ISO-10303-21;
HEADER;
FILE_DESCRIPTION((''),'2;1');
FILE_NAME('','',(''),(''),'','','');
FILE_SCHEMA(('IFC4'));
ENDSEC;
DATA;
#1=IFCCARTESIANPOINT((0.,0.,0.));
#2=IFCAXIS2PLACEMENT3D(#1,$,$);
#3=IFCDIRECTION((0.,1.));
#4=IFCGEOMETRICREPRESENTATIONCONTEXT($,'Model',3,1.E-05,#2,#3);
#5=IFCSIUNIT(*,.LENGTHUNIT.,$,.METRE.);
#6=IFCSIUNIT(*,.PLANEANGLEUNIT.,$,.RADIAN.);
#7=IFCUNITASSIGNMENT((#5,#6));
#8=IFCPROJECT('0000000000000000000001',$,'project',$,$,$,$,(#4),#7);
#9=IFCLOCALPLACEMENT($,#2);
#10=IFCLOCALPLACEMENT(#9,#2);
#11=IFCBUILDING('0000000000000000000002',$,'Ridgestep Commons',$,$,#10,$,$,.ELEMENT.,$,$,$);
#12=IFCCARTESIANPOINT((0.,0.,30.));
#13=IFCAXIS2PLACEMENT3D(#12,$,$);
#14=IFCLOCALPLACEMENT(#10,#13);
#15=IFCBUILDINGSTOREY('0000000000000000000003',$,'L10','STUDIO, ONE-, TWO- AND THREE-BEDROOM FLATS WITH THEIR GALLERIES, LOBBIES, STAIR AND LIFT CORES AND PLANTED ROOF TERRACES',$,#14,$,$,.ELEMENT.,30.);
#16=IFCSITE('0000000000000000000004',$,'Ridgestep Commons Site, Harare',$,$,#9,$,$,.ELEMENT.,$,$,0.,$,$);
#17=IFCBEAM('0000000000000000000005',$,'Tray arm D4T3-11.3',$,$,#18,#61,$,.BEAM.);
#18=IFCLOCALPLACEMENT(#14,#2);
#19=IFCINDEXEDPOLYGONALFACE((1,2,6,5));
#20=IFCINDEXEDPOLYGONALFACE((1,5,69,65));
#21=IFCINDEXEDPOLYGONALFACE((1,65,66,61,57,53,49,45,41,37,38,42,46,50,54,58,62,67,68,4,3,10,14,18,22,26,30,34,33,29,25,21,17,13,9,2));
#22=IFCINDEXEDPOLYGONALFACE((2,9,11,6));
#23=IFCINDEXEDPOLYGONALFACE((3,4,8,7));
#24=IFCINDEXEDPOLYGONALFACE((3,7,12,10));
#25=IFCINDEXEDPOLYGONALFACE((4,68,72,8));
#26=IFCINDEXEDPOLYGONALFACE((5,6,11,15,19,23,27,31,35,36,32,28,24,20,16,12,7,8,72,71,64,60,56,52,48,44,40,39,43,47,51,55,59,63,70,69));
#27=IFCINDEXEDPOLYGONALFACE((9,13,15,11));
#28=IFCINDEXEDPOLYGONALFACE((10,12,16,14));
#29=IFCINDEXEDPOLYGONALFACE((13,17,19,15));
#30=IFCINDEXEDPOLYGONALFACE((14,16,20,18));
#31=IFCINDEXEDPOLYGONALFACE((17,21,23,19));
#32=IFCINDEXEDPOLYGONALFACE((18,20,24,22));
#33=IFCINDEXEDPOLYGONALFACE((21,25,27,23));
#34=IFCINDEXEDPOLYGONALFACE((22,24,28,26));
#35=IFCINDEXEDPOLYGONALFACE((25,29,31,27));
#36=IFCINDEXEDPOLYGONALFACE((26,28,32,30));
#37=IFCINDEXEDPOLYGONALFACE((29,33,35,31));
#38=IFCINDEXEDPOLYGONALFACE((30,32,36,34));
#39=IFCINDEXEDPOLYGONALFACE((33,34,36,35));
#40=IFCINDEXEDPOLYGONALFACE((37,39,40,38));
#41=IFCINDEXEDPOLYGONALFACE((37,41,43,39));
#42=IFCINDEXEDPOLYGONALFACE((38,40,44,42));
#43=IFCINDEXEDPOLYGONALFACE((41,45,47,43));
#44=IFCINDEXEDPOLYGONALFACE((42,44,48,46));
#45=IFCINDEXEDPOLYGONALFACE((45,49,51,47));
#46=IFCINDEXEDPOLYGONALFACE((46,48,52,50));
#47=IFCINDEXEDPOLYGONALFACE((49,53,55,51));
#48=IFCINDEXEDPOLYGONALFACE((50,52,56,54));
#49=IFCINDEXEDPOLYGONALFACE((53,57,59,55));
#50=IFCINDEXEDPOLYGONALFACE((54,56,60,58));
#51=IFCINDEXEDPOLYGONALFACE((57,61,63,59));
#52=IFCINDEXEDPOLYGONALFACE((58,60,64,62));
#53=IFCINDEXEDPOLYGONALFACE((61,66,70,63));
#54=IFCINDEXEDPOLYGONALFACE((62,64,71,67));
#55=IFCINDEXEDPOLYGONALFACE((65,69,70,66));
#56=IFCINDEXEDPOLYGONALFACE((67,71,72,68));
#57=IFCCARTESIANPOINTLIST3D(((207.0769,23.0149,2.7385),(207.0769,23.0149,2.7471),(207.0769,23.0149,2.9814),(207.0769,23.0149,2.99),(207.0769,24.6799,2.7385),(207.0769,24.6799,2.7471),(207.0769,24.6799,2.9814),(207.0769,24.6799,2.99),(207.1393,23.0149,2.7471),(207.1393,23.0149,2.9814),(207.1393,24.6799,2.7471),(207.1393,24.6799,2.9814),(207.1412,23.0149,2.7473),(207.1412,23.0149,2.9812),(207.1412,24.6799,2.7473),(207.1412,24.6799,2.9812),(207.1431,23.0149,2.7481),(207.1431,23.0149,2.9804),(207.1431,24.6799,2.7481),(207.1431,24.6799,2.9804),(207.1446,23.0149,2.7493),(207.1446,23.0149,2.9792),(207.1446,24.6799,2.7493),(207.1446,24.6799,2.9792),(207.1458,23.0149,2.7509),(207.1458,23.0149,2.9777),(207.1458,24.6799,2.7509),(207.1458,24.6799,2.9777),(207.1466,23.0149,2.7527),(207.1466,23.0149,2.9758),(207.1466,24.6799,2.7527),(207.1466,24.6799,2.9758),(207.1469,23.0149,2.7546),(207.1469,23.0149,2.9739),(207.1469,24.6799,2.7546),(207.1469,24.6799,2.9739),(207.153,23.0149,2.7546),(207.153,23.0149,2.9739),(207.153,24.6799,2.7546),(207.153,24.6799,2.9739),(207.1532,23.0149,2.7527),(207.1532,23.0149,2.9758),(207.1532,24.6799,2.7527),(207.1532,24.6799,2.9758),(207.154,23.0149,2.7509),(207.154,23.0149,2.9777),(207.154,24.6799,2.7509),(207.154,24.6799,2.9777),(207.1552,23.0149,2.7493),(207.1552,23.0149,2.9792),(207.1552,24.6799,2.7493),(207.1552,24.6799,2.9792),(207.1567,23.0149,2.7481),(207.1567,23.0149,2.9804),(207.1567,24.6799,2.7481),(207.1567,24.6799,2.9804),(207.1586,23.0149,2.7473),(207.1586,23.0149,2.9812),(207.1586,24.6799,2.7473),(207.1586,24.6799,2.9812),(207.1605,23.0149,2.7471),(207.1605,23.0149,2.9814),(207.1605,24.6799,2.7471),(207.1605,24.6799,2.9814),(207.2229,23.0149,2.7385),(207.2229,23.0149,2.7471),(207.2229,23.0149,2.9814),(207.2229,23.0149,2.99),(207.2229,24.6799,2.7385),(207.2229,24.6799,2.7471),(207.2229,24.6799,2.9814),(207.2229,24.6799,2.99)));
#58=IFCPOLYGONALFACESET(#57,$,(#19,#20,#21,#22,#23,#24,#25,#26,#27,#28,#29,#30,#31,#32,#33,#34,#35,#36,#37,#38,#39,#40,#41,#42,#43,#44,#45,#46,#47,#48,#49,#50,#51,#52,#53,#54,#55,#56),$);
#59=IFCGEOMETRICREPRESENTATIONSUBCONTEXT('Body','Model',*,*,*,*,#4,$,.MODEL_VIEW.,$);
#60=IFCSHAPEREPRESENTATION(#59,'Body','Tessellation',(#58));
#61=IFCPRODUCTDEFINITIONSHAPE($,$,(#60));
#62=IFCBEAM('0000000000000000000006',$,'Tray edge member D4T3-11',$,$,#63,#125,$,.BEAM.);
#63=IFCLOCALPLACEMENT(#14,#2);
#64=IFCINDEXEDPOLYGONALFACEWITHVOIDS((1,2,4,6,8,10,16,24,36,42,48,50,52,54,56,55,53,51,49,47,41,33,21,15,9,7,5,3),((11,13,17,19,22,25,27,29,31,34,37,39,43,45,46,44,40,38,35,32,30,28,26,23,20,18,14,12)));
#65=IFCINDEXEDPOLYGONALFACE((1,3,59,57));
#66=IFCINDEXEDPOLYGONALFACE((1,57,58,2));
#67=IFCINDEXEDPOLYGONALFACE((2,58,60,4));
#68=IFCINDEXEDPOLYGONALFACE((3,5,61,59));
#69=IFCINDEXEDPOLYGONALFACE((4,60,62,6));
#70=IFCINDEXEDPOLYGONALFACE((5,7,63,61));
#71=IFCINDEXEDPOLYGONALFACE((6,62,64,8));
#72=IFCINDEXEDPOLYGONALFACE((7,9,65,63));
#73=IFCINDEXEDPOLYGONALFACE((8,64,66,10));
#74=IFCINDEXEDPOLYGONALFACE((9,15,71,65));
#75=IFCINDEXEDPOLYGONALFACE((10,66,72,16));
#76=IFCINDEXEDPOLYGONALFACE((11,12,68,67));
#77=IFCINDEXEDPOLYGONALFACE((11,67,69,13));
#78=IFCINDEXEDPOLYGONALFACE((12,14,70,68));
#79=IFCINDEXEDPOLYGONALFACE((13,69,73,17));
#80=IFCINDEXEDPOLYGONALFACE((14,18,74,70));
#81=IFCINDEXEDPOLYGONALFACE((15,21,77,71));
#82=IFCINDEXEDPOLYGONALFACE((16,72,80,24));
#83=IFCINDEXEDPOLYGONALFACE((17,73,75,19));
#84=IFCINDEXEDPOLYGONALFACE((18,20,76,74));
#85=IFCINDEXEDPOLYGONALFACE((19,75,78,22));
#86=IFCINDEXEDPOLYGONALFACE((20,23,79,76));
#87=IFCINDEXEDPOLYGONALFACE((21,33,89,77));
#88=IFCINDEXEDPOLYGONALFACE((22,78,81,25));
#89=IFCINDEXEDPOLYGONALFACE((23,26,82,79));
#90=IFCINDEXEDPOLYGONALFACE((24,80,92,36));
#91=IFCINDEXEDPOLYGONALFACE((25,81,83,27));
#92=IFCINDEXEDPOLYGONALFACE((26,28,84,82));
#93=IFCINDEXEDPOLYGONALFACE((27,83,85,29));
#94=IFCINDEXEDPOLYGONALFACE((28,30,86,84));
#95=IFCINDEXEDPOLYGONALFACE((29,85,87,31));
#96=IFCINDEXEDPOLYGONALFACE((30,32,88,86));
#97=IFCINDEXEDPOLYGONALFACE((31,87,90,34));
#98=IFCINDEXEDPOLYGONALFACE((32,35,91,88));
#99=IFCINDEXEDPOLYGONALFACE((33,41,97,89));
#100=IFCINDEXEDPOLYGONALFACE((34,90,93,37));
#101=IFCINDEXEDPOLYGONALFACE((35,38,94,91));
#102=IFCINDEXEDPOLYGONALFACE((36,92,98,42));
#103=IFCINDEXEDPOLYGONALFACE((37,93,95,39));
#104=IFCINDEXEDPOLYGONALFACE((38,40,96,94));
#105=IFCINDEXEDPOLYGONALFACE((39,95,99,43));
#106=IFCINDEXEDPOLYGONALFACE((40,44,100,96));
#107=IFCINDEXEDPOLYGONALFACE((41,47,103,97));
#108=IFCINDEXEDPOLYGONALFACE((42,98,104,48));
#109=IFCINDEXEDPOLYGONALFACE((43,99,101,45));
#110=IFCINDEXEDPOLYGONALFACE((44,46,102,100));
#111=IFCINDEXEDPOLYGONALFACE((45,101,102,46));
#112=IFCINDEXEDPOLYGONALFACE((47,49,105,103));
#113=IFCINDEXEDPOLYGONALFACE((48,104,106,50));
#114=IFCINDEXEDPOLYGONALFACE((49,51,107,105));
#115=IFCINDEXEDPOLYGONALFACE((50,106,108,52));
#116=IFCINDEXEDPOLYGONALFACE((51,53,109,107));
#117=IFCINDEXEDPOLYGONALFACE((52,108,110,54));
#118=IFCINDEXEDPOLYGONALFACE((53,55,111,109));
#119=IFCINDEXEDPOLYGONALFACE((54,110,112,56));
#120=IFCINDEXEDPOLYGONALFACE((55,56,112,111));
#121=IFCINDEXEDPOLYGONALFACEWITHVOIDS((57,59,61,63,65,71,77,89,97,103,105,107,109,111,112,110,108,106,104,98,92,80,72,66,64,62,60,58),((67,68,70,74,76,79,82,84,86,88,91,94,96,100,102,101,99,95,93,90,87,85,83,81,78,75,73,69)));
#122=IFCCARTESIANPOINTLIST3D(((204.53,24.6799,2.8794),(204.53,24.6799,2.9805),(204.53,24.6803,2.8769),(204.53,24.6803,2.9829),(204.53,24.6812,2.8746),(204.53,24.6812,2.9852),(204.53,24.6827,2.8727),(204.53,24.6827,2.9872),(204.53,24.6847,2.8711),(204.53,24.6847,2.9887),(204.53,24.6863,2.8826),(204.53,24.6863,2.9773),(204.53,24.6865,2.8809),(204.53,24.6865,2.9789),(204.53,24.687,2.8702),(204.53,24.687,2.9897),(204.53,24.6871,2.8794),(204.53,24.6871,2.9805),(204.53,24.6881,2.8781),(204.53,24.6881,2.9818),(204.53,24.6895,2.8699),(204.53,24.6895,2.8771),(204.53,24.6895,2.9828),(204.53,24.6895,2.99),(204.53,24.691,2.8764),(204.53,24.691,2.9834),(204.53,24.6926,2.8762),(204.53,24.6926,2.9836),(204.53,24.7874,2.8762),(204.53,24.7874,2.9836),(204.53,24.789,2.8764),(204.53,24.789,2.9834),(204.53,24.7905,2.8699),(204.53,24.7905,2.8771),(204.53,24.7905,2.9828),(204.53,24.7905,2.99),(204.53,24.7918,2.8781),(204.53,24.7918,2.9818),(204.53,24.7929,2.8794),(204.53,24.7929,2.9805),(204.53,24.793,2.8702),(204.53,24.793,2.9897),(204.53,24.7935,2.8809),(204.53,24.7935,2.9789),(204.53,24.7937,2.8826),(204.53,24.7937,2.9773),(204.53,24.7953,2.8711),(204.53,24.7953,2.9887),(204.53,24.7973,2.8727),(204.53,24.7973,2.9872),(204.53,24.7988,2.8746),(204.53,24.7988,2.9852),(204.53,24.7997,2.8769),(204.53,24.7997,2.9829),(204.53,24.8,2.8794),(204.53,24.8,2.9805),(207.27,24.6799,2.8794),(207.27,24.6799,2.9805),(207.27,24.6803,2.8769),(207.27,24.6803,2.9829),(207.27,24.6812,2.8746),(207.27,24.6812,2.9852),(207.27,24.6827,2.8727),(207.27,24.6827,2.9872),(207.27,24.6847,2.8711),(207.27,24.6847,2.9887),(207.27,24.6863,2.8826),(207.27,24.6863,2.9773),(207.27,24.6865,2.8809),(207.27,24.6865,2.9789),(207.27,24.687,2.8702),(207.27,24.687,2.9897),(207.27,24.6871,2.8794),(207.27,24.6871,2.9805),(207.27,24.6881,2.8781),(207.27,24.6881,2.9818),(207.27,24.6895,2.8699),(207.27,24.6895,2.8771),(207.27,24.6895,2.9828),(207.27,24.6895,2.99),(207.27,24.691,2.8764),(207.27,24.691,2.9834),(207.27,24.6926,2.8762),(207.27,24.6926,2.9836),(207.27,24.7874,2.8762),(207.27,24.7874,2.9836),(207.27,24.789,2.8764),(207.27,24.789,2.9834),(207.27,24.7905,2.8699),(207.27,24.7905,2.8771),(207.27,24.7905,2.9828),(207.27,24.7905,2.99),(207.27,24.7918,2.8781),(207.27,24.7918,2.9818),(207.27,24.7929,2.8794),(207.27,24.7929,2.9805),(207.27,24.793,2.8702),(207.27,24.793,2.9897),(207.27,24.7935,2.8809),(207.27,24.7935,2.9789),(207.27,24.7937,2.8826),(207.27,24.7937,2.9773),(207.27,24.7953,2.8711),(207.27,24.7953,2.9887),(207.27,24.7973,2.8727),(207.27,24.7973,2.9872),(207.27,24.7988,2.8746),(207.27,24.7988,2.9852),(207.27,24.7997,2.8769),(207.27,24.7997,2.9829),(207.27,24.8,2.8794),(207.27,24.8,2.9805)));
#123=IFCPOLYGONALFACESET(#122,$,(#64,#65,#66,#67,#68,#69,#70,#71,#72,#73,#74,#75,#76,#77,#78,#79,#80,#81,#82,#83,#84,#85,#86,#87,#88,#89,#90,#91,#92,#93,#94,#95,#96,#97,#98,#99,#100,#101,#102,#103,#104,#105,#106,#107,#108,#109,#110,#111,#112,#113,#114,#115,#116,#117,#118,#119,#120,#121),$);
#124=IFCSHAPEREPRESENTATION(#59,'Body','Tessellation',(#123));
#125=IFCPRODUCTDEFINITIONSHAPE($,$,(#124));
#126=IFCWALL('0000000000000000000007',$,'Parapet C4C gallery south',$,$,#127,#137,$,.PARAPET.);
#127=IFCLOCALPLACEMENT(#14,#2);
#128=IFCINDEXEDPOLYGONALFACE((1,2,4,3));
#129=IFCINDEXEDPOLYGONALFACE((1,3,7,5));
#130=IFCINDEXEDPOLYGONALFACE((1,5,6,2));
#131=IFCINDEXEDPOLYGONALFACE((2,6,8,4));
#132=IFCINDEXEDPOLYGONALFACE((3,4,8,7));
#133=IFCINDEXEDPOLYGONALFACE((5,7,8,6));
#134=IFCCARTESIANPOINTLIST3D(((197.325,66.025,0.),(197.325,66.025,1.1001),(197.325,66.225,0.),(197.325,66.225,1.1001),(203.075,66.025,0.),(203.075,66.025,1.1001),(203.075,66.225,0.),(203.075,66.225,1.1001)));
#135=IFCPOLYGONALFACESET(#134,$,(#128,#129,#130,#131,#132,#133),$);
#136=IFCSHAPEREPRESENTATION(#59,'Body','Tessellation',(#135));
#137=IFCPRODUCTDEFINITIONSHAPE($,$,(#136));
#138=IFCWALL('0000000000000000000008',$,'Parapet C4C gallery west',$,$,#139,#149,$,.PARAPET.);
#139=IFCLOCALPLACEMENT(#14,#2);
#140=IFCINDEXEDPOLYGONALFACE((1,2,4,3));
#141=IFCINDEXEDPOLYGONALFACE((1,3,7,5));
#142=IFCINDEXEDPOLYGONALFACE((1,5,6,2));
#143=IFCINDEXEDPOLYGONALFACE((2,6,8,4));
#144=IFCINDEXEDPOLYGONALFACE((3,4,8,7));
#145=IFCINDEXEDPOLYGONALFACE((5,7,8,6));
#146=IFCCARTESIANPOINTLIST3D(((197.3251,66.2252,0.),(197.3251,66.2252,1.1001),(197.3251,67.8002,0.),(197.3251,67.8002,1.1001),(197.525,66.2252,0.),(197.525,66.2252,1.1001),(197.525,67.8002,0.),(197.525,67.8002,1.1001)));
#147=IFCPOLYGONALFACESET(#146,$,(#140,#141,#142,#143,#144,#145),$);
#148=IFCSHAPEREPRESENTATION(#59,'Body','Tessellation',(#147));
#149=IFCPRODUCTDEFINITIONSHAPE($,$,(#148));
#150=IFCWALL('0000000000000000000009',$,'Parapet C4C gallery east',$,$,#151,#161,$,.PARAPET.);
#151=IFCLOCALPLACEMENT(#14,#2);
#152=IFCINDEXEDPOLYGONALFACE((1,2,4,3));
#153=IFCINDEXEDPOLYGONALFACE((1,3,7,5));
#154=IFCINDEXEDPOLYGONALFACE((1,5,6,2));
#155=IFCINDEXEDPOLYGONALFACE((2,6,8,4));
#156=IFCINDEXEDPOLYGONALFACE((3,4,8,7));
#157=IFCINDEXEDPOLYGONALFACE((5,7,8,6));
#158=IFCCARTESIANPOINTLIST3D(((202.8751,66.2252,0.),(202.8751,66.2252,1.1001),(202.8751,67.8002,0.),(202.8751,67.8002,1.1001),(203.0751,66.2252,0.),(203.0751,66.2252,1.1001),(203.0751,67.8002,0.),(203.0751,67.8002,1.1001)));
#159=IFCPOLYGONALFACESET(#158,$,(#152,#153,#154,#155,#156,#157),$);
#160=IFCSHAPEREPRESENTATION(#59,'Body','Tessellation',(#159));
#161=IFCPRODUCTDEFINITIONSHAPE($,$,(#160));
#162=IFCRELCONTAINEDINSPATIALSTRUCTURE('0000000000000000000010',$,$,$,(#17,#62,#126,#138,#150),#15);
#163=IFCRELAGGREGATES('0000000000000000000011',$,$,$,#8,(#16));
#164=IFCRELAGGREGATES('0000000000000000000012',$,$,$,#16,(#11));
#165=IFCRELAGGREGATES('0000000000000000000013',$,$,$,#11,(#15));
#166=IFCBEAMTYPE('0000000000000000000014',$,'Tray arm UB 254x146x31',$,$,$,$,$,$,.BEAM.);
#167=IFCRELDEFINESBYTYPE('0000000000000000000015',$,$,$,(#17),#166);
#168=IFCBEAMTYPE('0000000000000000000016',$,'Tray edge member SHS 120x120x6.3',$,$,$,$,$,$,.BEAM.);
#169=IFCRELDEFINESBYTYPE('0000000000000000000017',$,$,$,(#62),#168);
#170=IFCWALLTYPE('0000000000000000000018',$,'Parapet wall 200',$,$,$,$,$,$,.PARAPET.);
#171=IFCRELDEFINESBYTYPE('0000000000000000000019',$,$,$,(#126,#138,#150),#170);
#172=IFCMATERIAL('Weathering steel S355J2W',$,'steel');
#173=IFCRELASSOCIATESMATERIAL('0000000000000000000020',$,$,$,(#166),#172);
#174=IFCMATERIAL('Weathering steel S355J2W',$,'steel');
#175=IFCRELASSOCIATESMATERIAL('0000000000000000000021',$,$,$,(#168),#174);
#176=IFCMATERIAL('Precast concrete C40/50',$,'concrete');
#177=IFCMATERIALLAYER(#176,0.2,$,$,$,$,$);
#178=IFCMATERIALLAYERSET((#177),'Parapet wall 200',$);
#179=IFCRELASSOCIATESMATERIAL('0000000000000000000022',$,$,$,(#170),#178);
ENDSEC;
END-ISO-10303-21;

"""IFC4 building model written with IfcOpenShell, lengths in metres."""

from ifc_helpers import new_model, si_unit, direction, frame, frame_2d, origin, origin_2d, place, context, subcontext, project, spatial, rectangle, hollow_rectangle, i_section, extrude, material, layer, layer_set, material_profile, profile_set, type_object, element, save


model = new_model("IFC4")

# Units and contexts
model_context = context("Model", 3, precision=1e-05, world=origin(), true_north=direction((0.0, 1.0)))
body_context = subcontext(model_context, "Body", "Model", "MODEL_VIEW")
ifc_project = project(units=[si_unit("LENGTHUNIT", "METRE"), si_unit("PLANEANGLEUNIT", "RADIAN")], contexts=[model_context])

# Site, building, storey
site_placement = place(None, origin())
site = spatial("IfcSite", under=ifc_project, at=site_placement, Name="Ridgestep Commons Site, Harare", CompositionType="ELEMENT", RefElevation=0.0)
building_placement = place(site_placement, origin())
building = spatial("IfcBuilding", under=site, at=building_placement, Name="Ridgestep Commons", CompositionType="ELEMENT")
storey_placement = place(building_placement, frame((0.0, 0.0, 30.0)))
storey = spatial("IfcBuildingStorey", under=building, at=storey_placement, Name="L10", Description="STUDIO, ONE-, TWO- AND THREE-BEDROOM FLATS WITH THEIR GALLERIES, LOBBIES, STAIR AND LIFT CORES AND PLANTED ROOF TERRACES", CompositionType="ELEMENT", Elevation=30.0)

# Beams
ifc_material_1 = material(Name="Weathering steel S355J2W", Category="steel")
ifc_material_profile_1 = material_profile(ifc_material_1, i_section(OverallWidth=0.146, OverallDepth=0.2515, WebThickness=0.0061, FlangeThickness=0.0085, FilletRadius=0.0076, at=origin_2d()), Name="UB 254x146x31")
ifc_profile_set_1 = profile_set([ifc_material_profile_1], Name="Weathering steel S355J2W")
beam_type_1 = type_object("IfcBeamType", Name="Tray arm UB 254x146x31", PredefinedType="BEAM", material=ifc_profile_set_1)
for number, where, z_axis, x_axis, name in (
    (1, (207.1499, 23.0149, 2.8643), (0.0, 1.0, 0.0), (-1.0, 0.0, 0.0), "Tray arm D4T3-11.3"),
):
    element("IfcBeam", number, at=place(storey_placement, frame(where, z_axis=z_axis, x_axis=x_axis)), inside=storey, type_object=beam_type_1, Name=name, PredefinedType="BEAM", context=body_context, shape_type="SweptSolid", body=[
        extrude(i_section(OverallWidth=0.146, OverallDepth=0.2515, WebThickness=0.0061, FlangeThickness=0.0085, FilletRadius=0.0076, at=origin_2d()), origin(), (0.0, 0.0, 1.0), 1.665),
    ])
ifc_material_2 = material(Name="Weathering steel S355J2W", Category="steel")
ifc_material_profile_2 = material_profile(ifc_material_2, hollow_rectangle(XDim=0.1201, YDim=0.1201, WallThickness=0.0063, InnerFilletRadius=0.0063, OuterFilletRadius=0.0095, at=origin_2d()), Name="SHS 120x120x6.3")
ifc_profile_set_2 = profile_set([ifc_material_profile_2], Name="Weathering steel S355J2W")
beam_type_2 = type_object("IfcBeamType", Name="Tray edge member SHS 120x120x6.3", PredefinedType="BEAM", material=ifc_profile_set_2)
beam_1_placement = place(storey_placement, frame((204.53, 24.74, 2.9299), z_axis=(1.0, 0.0, 0.0), x_axis=(0.0, 0.0, 1.0)))
element("IfcBeam", 2, at=beam_1_placement, inside=storey, type_object=beam_type_2, Name="Tray edge member D4T3-11", PredefinedType="BEAM", context=body_context, shape_type="SweptSolid", body=[
    extrude(hollow_rectangle(XDim=0.1201, YDim=0.1201, WallThickness=0.0063, InnerFilletRadius=0.0063, OuterFilletRadius=0.0095, at=origin_2d()), origin(), (0.0, 0.0, 1.0), 2.74),
])

# Walls
ifc_material_3 = material(Name="Precast concrete C40/50", Category="concrete")
ifc_layer_1 = layer(ifc_material_3, 0.2)
ifc_layer_set_1 = layer_set([ifc_layer_1], Name="Parapet wall 200")
wall_type = type_object("IfcWallType", Name="Parapet wall 200", PredefinedType="PARAPET", material=ifc_layer_set_1)
wall_placement = place(storey_placement, frame((197.325, 66.125, 0.0), z_axis=(0.0, 0.0, 1.0), x_axis=(1.0, 0.0, 0.0)))
element("IfcWall", 3, at=wall_placement, inside=storey, type_object=wall_type, Name="Parapet C4C gallery south", PredefinedType="PARAPET", context=body_context, shape_type="SweptSolid", body=[
    extrude(rectangle(XDim=5.75, YDim=0.2, at=frame_2d((2.875, 0.0))), origin(), (0.0, 0.0, 1.0), 1.1001),
])
for number, where, z_axis, x_axis, name in (
    (4, (197.425, 66.2251, 0.0), (0.0, 0.0, 1.0), (0.0, 1.0, 0.0), "Parapet C4C gallery west"),
    (5, (202.9751, 66.2251, 0.0), (0.0, 0.0, 1.0), (0.0, 1.0, 0.0), "Parapet C4C gallery east"),
):
    element("IfcWall", number, at=place(storey_placement, frame(where, z_axis=z_axis, x_axis=x_axis)), inside=storey, type_object=wall_type, Name=name, PredefinedType="PARAPET", context=body_context, shape_type="SweptSolid", body=[
        extrude(rectangle(XDim=1.575, YDim=0.2, at=frame_2d((0.7876, 0.0))), origin(), (0.0, 0.0, 1.0), 1.1001),
    ])

save(model, "model.ifc")
